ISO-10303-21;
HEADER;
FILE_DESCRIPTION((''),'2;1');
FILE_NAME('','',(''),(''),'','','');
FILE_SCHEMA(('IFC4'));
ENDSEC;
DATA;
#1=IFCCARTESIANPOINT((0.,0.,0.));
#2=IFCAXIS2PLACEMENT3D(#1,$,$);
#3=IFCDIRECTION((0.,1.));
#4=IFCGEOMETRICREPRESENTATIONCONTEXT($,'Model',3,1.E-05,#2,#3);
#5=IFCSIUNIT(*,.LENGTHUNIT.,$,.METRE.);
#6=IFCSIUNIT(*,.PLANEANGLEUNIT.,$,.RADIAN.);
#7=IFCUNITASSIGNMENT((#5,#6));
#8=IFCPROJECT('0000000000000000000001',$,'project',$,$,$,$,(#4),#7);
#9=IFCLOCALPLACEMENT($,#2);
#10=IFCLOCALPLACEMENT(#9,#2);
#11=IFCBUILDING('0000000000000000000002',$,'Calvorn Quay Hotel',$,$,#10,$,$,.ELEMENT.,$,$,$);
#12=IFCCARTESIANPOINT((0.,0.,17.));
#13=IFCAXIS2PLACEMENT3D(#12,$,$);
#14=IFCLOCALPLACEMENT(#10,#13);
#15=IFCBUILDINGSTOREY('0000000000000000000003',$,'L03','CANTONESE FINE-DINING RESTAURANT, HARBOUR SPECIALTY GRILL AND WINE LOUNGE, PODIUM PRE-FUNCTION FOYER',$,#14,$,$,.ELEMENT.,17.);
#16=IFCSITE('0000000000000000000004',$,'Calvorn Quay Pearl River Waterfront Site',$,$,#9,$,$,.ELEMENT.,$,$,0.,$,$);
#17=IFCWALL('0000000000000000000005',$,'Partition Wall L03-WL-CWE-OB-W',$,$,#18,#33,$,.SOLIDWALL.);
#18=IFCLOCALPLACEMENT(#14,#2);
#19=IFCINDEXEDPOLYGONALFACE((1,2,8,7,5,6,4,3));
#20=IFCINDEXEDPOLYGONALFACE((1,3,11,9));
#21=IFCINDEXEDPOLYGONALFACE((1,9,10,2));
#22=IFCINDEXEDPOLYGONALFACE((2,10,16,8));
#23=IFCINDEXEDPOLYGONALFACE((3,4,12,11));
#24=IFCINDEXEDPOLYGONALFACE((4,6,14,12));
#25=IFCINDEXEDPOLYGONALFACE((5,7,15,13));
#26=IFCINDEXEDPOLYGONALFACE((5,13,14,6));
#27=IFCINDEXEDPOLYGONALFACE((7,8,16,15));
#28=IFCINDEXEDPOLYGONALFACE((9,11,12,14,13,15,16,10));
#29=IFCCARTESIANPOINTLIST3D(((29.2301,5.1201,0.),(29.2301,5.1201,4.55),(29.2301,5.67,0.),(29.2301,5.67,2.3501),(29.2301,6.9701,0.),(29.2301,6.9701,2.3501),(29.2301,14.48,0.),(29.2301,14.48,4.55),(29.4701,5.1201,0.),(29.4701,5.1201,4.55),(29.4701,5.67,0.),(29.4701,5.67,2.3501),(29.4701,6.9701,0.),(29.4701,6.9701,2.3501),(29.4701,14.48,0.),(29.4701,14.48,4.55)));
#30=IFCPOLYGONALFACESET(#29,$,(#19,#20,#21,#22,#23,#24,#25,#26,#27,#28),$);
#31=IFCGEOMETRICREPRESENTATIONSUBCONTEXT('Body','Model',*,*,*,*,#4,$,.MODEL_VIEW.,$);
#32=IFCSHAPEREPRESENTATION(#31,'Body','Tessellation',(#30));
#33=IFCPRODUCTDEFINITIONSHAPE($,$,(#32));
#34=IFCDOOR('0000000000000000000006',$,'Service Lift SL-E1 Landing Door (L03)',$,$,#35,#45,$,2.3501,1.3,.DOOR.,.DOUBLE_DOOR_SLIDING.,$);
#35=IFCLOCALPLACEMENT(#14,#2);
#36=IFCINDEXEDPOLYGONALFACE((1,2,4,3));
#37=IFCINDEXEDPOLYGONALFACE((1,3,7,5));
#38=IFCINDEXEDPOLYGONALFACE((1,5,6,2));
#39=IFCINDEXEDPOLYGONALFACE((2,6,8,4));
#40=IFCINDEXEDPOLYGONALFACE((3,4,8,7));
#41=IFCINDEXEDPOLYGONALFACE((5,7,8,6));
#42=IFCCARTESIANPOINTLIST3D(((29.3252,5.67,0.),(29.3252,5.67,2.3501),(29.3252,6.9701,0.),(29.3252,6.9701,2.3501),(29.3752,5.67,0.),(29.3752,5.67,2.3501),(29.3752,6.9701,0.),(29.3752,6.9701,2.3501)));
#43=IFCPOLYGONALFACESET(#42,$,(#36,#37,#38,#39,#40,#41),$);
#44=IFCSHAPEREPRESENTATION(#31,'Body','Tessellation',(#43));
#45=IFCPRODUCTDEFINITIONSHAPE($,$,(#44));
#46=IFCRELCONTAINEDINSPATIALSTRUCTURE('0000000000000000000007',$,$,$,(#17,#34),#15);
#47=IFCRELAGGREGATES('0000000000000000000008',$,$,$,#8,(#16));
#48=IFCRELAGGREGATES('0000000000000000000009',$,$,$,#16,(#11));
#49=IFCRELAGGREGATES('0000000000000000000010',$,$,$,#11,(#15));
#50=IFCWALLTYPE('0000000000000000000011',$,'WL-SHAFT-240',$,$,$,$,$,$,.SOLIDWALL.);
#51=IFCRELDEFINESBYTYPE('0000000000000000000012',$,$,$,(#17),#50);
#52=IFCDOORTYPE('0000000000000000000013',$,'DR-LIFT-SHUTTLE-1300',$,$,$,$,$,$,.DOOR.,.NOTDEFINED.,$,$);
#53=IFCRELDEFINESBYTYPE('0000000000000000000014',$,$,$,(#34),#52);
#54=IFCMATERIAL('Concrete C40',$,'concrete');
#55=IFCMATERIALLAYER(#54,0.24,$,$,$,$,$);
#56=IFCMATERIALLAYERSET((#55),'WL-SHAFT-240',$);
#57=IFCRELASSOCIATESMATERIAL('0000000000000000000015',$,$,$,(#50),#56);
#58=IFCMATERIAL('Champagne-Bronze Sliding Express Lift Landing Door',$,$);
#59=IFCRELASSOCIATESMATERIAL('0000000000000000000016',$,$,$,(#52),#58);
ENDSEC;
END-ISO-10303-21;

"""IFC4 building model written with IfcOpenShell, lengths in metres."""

from ifc_helpers import new_model, si_unit, direction, frame, frame_2d, origin, place, context, subcontext, project, spatial, rectangle, extrude, material, layer, layer_set, type_object, element, fill, save


model = new_model("IFC4")

# Units and contexts
model_context = context("Model", 3, precision=1e-05, world=origin(), true_north=direction((0.0, 1.0)))
body_context = subcontext(model_context, "Body", "Model", "MODEL_VIEW")
ifc_project = project(units=[si_unit("LENGTHUNIT", "METRE"), si_unit("PLANEANGLEUNIT", "RADIAN")], contexts=[model_context])

# Site, building, storey
site_placement = place(None, origin())
site = spatial("IfcSite", under=ifc_project, at=site_placement, Name="Calvorn Quay Pearl River Waterfront Site", CompositionType="ELEMENT", RefElevation=0.0)
building_placement = place(site_placement, origin())
building = spatial("IfcBuilding", under=site, at=building_placement, Name="Calvorn Quay Hotel", CompositionType="ELEMENT")
storey_placement = place(building_placement, frame((0.0, 0.0, 17.0)))
storey = spatial("IfcBuildingStorey", under=building, at=storey_placement, Name="L03", Description="CANTONESE FINE-DINING RESTAURANT, HARBOUR SPECIALTY GRILL AND WINE LOUNGE, PODIUM PRE-FUNCTION FOYER", CompositionType="ELEMENT", Elevation=17.0)

# Shared definitions
ifc_material_1 = material(Name="Concrete C40", Category="concrete")
ifc_layer_1 = layer(ifc_material_1, 0.24)
ifc_layer_set_1 = layer_set([ifc_layer_1], Name="WL-SHAFT-240")
wall_type_1 = type_object("IfcWallType", Name="WL-SHAFT-240", PredefinedType="SOLIDWALL", material=ifc_layer_set_1)

# Wall, opening, door
wall_1_placement = place(storey_placement, frame((29.3501, 5.1201, 0.0), z_axis=(0.0, 0.0, 1.0), x_axis=(0.0, 1.0, 0.0)))
wall_1 = element("IfcWall", 1, at=wall_1_placement, inside=storey, type_object=wall_type_1, Name="Partition Wall L03-WL-CWE-OB-W", PredefinedType="SOLIDWALL", context=body_context, shape_type="SweptSolid", body=[
    extrude(rectangle(XDim=9.3599, YDim=0.24, at=frame_2d((4.6799, 0.0))), origin(), (0.0, 0.0, 1.0), 4.55),
])
opening_1_placement = place(wall_1_placement, frame((0.55, 0.0, 0.0)))
opening_1 = element("IfcOpeningElement", 2, at=opening_1_placement, cuts=wall_1, PredefinedType="OPENING", context=body_context, shape_type="SweptSolid", body=[
    extrude(rectangle(XDim=1.3, YDim=2.3501, at=frame_2d((0.6499, 1.175))), frame((0.0, 0.1299, 0.0), z_axis=(0.0, -1.0, 0.0), x_axis=(1.0, 0.0, 0.0)), (0.0, 0.0, 1.0), 0.26),
])
ifc_material_2 = material(Name="Champagne-Bronze Sliding Express Lift Landing Door")
door_type_1 = type_object("IfcDoorType", Name="DR-LIFT-SHUTTLE-1300", OperationType="NOTDEFINED", PredefinedType="DOOR", material=ifc_material_2)
door_1_placement = place(opening_1_placement, origin())
door_1 = element("IfcDoor", 3, at=door_1_placement, inside=storey, type_object=door_type_1, Name="Service Lift SL-E1 Landing Door (L03)", OperationType="DOUBLE_DOOR_SLIDING", OverallHeight=2.3501, OverallWidth=1.3, PredefinedType="DOOR", context=body_context, shape_type="SweptSolid", body=[
    extrude(rectangle(XDim=1.3, YDim=2.3501, at=frame_2d((0.6499, 1.175))), frame((0.0, 0.0249, 0.0), z_axis=(0.0, -1.0, 0.0), x_axis=(1.0, 0.0, 0.0)), (0.0, 0.0, 1.0), 0.05),
])
fill(opening_1, door_1)

save(model, "model.ifc")
